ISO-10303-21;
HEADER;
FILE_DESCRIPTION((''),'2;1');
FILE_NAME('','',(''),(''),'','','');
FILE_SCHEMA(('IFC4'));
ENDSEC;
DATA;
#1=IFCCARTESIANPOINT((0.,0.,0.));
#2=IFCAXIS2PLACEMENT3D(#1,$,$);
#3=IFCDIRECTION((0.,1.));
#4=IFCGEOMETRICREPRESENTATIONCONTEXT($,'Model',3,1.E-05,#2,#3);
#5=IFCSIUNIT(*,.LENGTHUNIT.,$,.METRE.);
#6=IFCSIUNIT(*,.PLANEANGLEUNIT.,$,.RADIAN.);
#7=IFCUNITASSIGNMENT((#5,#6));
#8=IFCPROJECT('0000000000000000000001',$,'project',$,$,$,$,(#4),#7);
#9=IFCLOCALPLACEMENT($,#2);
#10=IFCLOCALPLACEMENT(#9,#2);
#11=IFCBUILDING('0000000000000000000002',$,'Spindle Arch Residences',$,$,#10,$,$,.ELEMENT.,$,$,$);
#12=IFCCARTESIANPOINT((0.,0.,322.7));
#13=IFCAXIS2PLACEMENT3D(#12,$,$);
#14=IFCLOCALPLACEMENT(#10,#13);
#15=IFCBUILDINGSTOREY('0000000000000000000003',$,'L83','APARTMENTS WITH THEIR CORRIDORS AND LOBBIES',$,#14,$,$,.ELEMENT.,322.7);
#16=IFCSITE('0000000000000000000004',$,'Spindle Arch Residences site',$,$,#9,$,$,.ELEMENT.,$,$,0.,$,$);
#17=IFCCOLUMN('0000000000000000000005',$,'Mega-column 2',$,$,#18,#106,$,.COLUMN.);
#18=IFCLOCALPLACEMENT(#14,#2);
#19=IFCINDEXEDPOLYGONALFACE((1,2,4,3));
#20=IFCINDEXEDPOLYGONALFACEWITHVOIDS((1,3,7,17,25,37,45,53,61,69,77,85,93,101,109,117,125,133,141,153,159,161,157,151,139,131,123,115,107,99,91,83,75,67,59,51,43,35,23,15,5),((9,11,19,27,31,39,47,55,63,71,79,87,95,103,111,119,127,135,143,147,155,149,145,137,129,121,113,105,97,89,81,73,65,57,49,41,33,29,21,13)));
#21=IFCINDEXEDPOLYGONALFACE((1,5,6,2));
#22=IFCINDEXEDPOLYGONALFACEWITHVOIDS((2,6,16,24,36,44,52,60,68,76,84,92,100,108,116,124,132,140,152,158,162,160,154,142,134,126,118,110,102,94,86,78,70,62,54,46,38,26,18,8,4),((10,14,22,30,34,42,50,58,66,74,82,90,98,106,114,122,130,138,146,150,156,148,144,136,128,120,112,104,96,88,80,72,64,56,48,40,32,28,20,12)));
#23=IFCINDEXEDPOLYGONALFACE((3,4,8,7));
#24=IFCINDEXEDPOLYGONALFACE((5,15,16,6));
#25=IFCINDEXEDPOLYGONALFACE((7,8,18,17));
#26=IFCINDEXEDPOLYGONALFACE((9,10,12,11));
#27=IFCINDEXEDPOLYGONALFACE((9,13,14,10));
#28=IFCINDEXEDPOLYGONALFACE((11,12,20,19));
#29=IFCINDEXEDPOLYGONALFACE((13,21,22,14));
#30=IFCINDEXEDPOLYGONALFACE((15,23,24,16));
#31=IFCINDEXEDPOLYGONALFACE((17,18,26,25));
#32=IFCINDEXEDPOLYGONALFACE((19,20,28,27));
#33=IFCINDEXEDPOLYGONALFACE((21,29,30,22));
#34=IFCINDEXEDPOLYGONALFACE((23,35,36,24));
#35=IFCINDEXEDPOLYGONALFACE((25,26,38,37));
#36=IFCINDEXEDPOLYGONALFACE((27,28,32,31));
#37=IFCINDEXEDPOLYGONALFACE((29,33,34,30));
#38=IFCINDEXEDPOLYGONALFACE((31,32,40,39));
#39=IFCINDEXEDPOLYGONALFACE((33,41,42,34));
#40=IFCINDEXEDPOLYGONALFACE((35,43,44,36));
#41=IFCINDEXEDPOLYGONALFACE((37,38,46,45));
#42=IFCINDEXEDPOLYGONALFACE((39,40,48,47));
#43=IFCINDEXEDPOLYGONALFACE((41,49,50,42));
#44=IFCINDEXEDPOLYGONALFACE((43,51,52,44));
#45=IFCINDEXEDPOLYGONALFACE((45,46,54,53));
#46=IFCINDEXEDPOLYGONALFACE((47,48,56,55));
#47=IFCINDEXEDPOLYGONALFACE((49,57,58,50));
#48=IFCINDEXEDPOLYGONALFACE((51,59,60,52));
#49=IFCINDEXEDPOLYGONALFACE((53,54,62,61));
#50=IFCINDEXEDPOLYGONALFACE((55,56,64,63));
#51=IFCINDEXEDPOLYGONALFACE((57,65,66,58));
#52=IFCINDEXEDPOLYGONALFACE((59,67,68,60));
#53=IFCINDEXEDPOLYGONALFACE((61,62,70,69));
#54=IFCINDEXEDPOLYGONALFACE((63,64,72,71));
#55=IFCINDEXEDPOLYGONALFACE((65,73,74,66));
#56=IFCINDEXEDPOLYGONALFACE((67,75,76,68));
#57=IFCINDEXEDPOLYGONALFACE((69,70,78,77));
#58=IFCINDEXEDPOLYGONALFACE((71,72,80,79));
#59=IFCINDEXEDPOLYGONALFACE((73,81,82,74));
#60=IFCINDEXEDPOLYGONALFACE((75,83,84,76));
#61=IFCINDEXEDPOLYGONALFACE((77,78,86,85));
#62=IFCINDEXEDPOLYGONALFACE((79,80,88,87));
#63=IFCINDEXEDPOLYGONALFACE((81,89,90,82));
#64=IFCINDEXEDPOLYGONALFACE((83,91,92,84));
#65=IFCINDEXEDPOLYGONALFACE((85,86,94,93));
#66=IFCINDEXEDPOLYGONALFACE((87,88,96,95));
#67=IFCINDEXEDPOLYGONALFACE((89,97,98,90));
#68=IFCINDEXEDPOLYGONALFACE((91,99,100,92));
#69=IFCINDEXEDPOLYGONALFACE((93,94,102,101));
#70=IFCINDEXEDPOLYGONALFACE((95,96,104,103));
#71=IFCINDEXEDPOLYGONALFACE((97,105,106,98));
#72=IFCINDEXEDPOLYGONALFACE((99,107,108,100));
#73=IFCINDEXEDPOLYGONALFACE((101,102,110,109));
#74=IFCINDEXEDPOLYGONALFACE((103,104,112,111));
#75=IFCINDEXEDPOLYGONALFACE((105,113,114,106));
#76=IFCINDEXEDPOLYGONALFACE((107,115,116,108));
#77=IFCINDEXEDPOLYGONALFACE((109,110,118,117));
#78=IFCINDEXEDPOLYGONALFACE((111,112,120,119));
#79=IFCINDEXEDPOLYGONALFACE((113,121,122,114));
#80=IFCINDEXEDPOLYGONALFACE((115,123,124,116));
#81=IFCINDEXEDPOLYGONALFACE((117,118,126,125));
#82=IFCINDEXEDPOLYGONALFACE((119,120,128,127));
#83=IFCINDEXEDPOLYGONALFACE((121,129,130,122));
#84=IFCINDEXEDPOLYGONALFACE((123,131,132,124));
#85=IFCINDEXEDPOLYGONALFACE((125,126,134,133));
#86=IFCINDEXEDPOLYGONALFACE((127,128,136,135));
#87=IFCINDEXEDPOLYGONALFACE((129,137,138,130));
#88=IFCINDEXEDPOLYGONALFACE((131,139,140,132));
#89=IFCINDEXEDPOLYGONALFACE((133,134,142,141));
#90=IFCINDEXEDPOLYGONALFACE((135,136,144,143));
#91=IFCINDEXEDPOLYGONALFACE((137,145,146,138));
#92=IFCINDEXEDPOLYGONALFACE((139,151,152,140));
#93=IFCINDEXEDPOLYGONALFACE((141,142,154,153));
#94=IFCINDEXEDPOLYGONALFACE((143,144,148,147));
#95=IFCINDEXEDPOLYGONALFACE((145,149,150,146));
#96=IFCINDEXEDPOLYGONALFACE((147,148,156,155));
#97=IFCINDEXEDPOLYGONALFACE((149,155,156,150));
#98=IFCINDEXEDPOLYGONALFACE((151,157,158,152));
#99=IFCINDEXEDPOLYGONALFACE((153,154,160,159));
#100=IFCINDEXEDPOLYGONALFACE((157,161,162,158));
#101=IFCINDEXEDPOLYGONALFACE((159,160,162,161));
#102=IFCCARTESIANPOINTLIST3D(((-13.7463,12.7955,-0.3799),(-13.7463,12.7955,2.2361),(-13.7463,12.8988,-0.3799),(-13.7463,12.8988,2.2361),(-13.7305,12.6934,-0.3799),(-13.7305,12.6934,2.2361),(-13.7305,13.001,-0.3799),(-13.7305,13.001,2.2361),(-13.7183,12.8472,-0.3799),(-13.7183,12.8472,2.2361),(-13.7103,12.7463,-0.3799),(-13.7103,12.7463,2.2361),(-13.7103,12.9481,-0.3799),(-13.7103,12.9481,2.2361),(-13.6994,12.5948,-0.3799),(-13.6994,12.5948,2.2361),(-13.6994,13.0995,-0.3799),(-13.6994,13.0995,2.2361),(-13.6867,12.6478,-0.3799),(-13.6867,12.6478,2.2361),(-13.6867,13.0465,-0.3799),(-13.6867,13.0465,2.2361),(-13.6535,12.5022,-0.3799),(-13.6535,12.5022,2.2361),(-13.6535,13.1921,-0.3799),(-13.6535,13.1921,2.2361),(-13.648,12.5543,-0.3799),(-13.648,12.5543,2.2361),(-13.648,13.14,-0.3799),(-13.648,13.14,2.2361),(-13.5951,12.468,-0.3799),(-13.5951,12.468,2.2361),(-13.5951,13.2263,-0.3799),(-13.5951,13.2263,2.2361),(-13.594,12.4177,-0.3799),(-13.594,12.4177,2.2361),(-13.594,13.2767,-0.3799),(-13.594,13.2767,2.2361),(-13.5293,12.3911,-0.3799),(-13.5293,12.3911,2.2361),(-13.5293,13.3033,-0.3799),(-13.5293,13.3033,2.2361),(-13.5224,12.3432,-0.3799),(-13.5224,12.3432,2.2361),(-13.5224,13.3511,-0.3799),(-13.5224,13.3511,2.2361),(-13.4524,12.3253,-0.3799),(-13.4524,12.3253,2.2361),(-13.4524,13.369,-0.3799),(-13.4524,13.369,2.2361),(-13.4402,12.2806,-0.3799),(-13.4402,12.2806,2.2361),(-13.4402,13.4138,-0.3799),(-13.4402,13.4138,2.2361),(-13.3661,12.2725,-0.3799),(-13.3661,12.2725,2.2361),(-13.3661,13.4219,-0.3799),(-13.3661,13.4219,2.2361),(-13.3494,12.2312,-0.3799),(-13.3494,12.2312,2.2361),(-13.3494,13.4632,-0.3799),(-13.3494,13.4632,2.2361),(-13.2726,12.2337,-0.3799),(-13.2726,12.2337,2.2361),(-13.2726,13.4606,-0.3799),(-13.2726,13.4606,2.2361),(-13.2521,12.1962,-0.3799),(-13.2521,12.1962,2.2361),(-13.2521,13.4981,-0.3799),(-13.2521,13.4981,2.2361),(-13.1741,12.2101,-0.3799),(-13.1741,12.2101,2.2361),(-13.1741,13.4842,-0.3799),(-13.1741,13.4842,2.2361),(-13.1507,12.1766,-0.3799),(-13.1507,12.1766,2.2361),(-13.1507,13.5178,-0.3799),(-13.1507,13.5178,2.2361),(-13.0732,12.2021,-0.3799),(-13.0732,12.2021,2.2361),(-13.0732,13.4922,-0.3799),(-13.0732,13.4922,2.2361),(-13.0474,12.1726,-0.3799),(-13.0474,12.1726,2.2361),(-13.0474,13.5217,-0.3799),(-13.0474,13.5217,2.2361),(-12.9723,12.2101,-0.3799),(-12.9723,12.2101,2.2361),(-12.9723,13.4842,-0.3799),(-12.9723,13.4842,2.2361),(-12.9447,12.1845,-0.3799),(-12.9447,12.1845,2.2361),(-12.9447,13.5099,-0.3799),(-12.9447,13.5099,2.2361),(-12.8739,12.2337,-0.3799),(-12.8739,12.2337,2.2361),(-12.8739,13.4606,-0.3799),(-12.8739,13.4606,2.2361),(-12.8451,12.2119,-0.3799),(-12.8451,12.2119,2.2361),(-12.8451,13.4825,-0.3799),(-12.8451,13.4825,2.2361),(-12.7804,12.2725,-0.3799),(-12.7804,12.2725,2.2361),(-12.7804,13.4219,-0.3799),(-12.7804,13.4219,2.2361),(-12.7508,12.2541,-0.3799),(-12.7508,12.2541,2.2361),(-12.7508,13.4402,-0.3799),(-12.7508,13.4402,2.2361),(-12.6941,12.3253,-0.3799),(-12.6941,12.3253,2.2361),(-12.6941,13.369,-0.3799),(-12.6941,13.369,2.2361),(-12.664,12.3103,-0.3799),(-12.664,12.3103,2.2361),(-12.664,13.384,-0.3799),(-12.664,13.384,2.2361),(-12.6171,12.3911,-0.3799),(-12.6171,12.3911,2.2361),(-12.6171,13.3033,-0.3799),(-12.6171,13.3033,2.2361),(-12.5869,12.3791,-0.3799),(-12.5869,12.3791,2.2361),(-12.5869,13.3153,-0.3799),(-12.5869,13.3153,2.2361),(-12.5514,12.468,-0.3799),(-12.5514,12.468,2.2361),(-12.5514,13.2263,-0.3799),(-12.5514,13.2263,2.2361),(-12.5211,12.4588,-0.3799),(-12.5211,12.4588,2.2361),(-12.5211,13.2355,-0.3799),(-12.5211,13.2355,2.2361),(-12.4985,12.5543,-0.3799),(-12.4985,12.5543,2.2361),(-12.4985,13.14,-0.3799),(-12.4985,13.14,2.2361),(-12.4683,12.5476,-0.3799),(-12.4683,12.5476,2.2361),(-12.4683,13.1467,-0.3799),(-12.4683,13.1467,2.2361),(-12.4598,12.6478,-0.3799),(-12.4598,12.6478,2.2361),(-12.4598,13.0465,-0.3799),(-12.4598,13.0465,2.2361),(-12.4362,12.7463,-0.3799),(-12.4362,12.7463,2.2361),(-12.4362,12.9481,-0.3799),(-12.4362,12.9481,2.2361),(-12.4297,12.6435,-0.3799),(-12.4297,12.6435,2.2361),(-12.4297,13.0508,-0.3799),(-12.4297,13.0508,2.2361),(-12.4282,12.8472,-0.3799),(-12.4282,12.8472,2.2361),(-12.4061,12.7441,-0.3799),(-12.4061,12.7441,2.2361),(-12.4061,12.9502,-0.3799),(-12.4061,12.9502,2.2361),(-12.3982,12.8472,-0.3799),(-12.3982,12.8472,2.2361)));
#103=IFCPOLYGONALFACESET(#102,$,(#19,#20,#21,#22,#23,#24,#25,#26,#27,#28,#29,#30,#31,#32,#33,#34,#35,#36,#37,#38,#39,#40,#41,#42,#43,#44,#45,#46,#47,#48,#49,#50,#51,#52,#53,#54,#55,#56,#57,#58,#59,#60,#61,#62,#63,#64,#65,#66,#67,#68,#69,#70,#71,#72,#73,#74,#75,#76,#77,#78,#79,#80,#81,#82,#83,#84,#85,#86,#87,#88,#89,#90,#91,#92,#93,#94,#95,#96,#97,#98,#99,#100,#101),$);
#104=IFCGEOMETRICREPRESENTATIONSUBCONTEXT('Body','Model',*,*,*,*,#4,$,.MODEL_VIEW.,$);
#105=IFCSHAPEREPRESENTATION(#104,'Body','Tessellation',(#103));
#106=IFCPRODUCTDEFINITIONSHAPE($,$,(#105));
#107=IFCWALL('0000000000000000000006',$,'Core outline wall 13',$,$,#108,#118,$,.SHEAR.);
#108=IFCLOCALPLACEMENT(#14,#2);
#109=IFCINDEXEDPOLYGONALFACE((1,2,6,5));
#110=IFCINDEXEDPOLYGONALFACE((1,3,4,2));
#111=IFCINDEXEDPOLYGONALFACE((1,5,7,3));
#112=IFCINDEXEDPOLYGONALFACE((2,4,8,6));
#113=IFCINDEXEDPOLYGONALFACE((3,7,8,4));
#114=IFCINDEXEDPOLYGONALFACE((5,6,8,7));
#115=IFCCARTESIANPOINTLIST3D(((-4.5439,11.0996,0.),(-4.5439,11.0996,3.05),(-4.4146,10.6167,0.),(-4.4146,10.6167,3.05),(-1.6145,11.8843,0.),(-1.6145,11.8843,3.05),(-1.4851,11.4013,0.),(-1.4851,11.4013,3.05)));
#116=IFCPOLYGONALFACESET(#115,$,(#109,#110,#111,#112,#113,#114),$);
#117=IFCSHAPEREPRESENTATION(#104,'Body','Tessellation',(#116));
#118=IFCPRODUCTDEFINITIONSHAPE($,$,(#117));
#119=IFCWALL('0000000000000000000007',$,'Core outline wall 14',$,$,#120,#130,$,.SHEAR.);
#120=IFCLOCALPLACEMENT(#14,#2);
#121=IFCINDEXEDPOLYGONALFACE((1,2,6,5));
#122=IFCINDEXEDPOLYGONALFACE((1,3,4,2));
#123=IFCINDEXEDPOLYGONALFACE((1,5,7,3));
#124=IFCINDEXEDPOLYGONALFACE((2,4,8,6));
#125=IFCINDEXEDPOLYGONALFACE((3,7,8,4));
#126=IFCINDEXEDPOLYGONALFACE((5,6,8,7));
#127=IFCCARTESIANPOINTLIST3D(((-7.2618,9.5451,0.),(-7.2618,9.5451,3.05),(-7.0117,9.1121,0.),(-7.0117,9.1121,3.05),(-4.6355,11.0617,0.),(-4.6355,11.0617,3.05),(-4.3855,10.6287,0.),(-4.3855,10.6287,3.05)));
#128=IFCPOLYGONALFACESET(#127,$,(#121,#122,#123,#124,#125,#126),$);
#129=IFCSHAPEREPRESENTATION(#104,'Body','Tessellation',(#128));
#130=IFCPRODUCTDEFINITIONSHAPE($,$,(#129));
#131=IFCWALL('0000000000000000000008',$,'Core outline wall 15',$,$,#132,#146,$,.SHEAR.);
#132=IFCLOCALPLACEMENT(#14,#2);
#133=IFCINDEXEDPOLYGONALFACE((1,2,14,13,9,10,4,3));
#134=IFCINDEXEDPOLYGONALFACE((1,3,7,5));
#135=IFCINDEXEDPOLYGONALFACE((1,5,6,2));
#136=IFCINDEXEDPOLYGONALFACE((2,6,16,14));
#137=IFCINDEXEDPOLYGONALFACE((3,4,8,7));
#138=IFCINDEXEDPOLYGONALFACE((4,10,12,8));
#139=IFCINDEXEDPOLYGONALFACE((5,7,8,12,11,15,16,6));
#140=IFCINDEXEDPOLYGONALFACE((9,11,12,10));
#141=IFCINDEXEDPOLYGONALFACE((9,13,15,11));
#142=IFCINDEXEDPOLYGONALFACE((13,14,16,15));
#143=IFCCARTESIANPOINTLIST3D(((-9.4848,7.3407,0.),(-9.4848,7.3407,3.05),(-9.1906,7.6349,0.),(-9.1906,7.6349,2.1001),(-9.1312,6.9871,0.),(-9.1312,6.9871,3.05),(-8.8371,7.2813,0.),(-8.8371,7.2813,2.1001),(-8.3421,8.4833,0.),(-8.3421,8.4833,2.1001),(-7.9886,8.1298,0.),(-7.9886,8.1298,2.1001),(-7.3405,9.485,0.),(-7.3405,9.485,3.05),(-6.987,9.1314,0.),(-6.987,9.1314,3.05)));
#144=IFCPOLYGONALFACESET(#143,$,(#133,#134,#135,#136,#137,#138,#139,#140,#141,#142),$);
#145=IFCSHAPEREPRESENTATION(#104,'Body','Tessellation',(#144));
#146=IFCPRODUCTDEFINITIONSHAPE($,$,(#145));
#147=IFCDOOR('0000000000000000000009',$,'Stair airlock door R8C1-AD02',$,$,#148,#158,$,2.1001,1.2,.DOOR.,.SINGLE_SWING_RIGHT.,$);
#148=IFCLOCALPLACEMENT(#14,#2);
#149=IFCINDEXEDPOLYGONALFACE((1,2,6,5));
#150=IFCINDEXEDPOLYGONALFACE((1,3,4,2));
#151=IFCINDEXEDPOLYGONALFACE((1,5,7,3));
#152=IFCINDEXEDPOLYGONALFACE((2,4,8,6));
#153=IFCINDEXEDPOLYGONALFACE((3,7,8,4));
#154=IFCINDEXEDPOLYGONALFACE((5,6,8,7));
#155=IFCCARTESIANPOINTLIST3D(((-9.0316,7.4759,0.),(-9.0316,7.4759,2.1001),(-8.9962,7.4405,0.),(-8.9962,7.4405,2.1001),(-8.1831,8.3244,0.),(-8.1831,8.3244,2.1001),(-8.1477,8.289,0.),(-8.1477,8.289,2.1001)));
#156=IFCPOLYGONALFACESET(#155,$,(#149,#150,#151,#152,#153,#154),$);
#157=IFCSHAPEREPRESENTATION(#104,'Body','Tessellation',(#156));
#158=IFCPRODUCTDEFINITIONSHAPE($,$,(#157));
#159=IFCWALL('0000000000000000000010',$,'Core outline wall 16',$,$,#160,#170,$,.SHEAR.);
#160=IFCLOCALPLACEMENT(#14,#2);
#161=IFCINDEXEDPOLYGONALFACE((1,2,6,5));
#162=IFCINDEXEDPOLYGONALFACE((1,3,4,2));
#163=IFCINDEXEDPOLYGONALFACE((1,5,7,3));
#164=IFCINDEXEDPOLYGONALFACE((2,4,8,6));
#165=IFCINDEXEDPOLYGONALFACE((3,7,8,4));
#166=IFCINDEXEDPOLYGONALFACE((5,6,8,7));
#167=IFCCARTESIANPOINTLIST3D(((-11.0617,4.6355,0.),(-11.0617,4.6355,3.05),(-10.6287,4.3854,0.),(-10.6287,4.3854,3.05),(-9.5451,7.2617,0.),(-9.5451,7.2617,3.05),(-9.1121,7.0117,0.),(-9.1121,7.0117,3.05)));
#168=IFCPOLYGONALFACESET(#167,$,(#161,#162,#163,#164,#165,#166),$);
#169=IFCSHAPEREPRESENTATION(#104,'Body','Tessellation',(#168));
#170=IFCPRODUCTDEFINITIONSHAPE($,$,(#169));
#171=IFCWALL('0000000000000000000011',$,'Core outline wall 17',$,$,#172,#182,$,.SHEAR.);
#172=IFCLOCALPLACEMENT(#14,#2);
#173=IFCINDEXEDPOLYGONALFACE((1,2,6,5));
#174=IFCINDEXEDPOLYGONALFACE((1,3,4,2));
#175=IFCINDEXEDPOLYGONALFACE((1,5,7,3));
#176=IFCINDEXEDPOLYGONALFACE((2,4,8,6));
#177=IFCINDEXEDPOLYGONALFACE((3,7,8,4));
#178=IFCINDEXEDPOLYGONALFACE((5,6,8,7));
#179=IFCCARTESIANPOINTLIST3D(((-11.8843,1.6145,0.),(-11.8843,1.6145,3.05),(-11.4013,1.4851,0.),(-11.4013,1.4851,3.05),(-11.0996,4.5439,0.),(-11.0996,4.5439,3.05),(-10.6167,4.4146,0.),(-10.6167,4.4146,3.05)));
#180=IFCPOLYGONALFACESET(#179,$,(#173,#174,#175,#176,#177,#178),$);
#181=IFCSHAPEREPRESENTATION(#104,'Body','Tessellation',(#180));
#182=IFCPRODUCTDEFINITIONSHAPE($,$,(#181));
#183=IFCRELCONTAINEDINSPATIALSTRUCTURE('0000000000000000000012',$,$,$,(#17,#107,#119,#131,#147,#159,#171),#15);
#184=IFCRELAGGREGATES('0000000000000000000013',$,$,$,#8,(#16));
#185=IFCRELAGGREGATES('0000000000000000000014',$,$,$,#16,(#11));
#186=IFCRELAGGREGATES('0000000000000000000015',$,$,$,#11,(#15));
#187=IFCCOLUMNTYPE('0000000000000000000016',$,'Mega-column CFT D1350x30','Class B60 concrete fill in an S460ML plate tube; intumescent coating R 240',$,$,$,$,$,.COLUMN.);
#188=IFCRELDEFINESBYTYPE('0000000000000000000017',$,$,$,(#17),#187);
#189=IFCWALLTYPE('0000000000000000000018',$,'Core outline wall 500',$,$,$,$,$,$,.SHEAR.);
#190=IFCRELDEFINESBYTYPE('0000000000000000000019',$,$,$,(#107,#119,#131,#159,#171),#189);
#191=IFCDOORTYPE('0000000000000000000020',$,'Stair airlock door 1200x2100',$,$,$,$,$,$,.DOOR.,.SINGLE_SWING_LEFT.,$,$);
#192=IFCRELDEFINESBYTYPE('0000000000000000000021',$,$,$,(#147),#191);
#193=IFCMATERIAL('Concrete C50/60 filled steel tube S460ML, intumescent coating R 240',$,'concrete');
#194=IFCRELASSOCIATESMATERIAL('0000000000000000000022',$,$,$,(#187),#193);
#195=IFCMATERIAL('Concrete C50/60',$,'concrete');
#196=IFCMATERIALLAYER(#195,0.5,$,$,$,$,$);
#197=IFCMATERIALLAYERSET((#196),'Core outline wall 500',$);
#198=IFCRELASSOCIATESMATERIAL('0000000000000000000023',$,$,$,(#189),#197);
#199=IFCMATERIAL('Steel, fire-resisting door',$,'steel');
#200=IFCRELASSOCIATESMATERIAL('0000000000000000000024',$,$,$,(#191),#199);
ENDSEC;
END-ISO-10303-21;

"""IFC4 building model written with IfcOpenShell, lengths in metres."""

from ifc_helpers import new_model, si_unit, direction, frame, frame_2d, origin, origin_2d, place, context, subcontext, project, spatial, rectangle, hollow_circle, extrude, material, layer, layer_set, material_profile, profile_set, type_object, element, fill, save


model = new_model("IFC4")

# Units and contexts
model_context = context("Model", 3, precision=1e-05, world=origin(), true_north=direction((0.0, 1.0)))
body_context = subcontext(model_context, "Body", "Model", "MODEL_VIEW")
ifc_project = project(units=[si_unit("LENGTHUNIT", "METRE"), si_unit("PLANEANGLEUNIT", "RADIAN")], contexts=[model_context])

# Site, building, storey
site_placement = place(None, origin())
site = spatial("IfcSite", under=ifc_project, at=site_placement, Name="Spindle Arch Residences site", CompositionType="ELEMENT", RefElevation=0.0)
building_placement = place(site_placement, origin())
building = spatial("IfcBuilding", under=site, at=building_placement, Name="Spindle Arch Residences", CompositionType="ELEMENT")
storey_placement = place(building_placement, frame((0.0, 0.0, 322.7)))
storey = spatial("IfcBuildingStorey", under=building, at=storey_placement, Name="L83", Description="APARTMENTS WITH THEIR CORRIDORS AND LOBBIES", CompositionType="ELEMENT", Elevation=322.7)

# Column
ifc_material_1 = material(Name="Concrete C50/60 filled steel tube S460ML, intumescent coating R 240", Category="concrete")
ifc_material_profile = material_profile(ifc_material_1, hollow_circle(Radius=0.675, WallThickness=0.03, at=origin_2d()), Name="CFT D1350x30")
ifc_profile_set = profile_set([ifc_material_profile], Name="Concrete C50/60 filled steel tube S460ML, intumescent coating R 240")
column_type = type_object("IfcColumnType", Name="Mega-column CFT D1350x30", Description="Class B60 concrete fill in an S460ML plate tube; intumescent coating R 240", PredefinedType="COLUMN", material=ifc_profile_set)
column_placement = place(storey_placement, frame((-13.0732, 12.8472, -0.3799), z_axis=(0.0, 0.0, 1.0), x_axis=(1.0, 0.0, 0.0)))
element("IfcColumn", 1, at=column_placement, inside=storey, type_object=column_type, Name="Mega-column 2", PredefinedType="COLUMN", context=body_context, shape_type="SweptSolid", body=[
    extrude(hollow_circle(Radius=0.675, WallThickness=0.03, at=origin_2d()), origin(), (0.0, 0.0, 1.0), 2.616),
])

# Walls
ifc_material_2 = material(Name="Concrete C50/60", Category="concrete")
ifc_layer_1 = layer(ifc_material_2, 0.5)
ifc_layer_set_1 = layer_set([ifc_layer_1], Name="Core outline wall 500")
wall_type_1 = type_object("IfcWallType", Name="Core outline wall 500", PredefinedType="SHEAR", material=ifc_layer_set_1)
for number, where, z_axis, x_axis, name in (
    (2, (-1.5498, 11.6428, 0.0), (0.0, 0.0, 1.0), (-0.965948, -0.258735, 0.0), "Core outline wall 13"),
    (3, (-4.5105, 10.8452, 0.0), (0.0, 0.0, 1.0), (-0.865975, -0.500087, 0.0), "Core outline wall 14"),
):
    element("IfcWall", number, at=place(storey_placement, frame(where, z_axis=z_axis, x_axis=x_axis)), inside=storey, type_object=wall_type_1, Name=name, PredefinedType="SHEAR", context=body_context, shape_type="SweptSolid", body=[
        extrude(rectangle(XDim=3.0327, YDim=0.5, at=frame_2d((1.5164, 0.0))), origin(), (0.0, 0.0, 1.0), 3.05),
    ])

# Wall, opening, door
wall_1_placement = place(storey_placement, frame((-7.1638, 9.3081, 0.0), z_axis=(0.0, 0.0, 1.0), x_axis=(-0.707107, -0.707107, 0.0)))
wall_1 = element("IfcWall", 4, at=wall_1_placement, inside=storey, type_object=wall_type_1, Name="Core outline wall 15", PredefinedType="SHEAR", context=body_context, shape_type="SweptSolid", body=[
    extrude(rectangle(XDim=3.0325, YDim=0.5, at=frame_2d((1.5161, 0.0))), origin(), (0.0, 0.0, 1.0), 3.05),
])
opening_1_placement = place(wall_1_placement, frame((1.4163, 0.0, 0.0)))
opening_1 = element("IfcOpeningElement", 5, at=opening_1_placement, cuts=wall_1, PredefinedType="OPENING", context=body_context, shape_type="SweptSolid", body=[
    extrude(rectangle(XDim=1.2, YDim=2.1001, at=frame_2d((0.6001, 1.05))), frame((0.0, 0.26, 0.0), z_axis=(0.0, -1.0, 0.0), x_axis=(1.0, 0.0, 0.0)), (0.0, 0.0, 1.0), 0.52),
])
ifc_material_3 = material(Name="Steel, fire-resisting door", Category="steel")
door_type_1 = type_object("IfcDoorType", Name="Stair airlock door 1200x2100", OperationType="SINGLE_SWING_LEFT", PredefinedType="DOOR", material=ifc_material_3)
door_1_placement = place(opening_1_placement, origin())
door_1 = element("IfcDoor", 6, at=door_1_placement, inside=storey, type_object=door_type_1, Name="Stair airlock door R8C1-AD02", OperationType="SINGLE_SWING_RIGHT", OverallHeight=2.1001, OverallWidth=1.2, PredefinedType="DOOR", context=body_context, shape_type="SweptSolid", body=[
    extrude(rectangle(XDim=1.2, YDim=2.1001, at=frame_2d((0.6001, 1.05))), frame((0.0, 0.0249, 0.0), z_axis=(0.0, -1.0, 0.0), x_axis=(1.0, 0.0, 0.0)), (0.0, 0.0, 1.0), 0.05),
])
fill(opening_1, door_1)

# Walls
for number, where, z_axis, x_axis, name in (
    (7, (-9.3286, 7.1367, 0.0), (0.0, 0.0, 1.0), (-0.500087, -0.865975, 0.0), "Core outline wall 16"),
    (8, (-10.8582, 4.4792, 0.0), (0.0, 0.0, 1.0), (-0.258735, -0.965948, 0.0), "Core outline wall 17"),
):
    element("IfcWall", number, at=place(storey_placement, frame(where, z_axis=z_axis, x_axis=x_axis)), inside=storey, type_object=wall_type_1, Name=name, PredefinedType="SHEAR", context=body_context, shape_type="SweptSolid", body=[
        extrude(rectangle(XDim=3.0327, YDim=0.5, at=frame_2d((1.5164, 0.0))), origin(), (0.0, 0.0, 1.0), 3.05),
    ])

save(model, "model.ifc")
